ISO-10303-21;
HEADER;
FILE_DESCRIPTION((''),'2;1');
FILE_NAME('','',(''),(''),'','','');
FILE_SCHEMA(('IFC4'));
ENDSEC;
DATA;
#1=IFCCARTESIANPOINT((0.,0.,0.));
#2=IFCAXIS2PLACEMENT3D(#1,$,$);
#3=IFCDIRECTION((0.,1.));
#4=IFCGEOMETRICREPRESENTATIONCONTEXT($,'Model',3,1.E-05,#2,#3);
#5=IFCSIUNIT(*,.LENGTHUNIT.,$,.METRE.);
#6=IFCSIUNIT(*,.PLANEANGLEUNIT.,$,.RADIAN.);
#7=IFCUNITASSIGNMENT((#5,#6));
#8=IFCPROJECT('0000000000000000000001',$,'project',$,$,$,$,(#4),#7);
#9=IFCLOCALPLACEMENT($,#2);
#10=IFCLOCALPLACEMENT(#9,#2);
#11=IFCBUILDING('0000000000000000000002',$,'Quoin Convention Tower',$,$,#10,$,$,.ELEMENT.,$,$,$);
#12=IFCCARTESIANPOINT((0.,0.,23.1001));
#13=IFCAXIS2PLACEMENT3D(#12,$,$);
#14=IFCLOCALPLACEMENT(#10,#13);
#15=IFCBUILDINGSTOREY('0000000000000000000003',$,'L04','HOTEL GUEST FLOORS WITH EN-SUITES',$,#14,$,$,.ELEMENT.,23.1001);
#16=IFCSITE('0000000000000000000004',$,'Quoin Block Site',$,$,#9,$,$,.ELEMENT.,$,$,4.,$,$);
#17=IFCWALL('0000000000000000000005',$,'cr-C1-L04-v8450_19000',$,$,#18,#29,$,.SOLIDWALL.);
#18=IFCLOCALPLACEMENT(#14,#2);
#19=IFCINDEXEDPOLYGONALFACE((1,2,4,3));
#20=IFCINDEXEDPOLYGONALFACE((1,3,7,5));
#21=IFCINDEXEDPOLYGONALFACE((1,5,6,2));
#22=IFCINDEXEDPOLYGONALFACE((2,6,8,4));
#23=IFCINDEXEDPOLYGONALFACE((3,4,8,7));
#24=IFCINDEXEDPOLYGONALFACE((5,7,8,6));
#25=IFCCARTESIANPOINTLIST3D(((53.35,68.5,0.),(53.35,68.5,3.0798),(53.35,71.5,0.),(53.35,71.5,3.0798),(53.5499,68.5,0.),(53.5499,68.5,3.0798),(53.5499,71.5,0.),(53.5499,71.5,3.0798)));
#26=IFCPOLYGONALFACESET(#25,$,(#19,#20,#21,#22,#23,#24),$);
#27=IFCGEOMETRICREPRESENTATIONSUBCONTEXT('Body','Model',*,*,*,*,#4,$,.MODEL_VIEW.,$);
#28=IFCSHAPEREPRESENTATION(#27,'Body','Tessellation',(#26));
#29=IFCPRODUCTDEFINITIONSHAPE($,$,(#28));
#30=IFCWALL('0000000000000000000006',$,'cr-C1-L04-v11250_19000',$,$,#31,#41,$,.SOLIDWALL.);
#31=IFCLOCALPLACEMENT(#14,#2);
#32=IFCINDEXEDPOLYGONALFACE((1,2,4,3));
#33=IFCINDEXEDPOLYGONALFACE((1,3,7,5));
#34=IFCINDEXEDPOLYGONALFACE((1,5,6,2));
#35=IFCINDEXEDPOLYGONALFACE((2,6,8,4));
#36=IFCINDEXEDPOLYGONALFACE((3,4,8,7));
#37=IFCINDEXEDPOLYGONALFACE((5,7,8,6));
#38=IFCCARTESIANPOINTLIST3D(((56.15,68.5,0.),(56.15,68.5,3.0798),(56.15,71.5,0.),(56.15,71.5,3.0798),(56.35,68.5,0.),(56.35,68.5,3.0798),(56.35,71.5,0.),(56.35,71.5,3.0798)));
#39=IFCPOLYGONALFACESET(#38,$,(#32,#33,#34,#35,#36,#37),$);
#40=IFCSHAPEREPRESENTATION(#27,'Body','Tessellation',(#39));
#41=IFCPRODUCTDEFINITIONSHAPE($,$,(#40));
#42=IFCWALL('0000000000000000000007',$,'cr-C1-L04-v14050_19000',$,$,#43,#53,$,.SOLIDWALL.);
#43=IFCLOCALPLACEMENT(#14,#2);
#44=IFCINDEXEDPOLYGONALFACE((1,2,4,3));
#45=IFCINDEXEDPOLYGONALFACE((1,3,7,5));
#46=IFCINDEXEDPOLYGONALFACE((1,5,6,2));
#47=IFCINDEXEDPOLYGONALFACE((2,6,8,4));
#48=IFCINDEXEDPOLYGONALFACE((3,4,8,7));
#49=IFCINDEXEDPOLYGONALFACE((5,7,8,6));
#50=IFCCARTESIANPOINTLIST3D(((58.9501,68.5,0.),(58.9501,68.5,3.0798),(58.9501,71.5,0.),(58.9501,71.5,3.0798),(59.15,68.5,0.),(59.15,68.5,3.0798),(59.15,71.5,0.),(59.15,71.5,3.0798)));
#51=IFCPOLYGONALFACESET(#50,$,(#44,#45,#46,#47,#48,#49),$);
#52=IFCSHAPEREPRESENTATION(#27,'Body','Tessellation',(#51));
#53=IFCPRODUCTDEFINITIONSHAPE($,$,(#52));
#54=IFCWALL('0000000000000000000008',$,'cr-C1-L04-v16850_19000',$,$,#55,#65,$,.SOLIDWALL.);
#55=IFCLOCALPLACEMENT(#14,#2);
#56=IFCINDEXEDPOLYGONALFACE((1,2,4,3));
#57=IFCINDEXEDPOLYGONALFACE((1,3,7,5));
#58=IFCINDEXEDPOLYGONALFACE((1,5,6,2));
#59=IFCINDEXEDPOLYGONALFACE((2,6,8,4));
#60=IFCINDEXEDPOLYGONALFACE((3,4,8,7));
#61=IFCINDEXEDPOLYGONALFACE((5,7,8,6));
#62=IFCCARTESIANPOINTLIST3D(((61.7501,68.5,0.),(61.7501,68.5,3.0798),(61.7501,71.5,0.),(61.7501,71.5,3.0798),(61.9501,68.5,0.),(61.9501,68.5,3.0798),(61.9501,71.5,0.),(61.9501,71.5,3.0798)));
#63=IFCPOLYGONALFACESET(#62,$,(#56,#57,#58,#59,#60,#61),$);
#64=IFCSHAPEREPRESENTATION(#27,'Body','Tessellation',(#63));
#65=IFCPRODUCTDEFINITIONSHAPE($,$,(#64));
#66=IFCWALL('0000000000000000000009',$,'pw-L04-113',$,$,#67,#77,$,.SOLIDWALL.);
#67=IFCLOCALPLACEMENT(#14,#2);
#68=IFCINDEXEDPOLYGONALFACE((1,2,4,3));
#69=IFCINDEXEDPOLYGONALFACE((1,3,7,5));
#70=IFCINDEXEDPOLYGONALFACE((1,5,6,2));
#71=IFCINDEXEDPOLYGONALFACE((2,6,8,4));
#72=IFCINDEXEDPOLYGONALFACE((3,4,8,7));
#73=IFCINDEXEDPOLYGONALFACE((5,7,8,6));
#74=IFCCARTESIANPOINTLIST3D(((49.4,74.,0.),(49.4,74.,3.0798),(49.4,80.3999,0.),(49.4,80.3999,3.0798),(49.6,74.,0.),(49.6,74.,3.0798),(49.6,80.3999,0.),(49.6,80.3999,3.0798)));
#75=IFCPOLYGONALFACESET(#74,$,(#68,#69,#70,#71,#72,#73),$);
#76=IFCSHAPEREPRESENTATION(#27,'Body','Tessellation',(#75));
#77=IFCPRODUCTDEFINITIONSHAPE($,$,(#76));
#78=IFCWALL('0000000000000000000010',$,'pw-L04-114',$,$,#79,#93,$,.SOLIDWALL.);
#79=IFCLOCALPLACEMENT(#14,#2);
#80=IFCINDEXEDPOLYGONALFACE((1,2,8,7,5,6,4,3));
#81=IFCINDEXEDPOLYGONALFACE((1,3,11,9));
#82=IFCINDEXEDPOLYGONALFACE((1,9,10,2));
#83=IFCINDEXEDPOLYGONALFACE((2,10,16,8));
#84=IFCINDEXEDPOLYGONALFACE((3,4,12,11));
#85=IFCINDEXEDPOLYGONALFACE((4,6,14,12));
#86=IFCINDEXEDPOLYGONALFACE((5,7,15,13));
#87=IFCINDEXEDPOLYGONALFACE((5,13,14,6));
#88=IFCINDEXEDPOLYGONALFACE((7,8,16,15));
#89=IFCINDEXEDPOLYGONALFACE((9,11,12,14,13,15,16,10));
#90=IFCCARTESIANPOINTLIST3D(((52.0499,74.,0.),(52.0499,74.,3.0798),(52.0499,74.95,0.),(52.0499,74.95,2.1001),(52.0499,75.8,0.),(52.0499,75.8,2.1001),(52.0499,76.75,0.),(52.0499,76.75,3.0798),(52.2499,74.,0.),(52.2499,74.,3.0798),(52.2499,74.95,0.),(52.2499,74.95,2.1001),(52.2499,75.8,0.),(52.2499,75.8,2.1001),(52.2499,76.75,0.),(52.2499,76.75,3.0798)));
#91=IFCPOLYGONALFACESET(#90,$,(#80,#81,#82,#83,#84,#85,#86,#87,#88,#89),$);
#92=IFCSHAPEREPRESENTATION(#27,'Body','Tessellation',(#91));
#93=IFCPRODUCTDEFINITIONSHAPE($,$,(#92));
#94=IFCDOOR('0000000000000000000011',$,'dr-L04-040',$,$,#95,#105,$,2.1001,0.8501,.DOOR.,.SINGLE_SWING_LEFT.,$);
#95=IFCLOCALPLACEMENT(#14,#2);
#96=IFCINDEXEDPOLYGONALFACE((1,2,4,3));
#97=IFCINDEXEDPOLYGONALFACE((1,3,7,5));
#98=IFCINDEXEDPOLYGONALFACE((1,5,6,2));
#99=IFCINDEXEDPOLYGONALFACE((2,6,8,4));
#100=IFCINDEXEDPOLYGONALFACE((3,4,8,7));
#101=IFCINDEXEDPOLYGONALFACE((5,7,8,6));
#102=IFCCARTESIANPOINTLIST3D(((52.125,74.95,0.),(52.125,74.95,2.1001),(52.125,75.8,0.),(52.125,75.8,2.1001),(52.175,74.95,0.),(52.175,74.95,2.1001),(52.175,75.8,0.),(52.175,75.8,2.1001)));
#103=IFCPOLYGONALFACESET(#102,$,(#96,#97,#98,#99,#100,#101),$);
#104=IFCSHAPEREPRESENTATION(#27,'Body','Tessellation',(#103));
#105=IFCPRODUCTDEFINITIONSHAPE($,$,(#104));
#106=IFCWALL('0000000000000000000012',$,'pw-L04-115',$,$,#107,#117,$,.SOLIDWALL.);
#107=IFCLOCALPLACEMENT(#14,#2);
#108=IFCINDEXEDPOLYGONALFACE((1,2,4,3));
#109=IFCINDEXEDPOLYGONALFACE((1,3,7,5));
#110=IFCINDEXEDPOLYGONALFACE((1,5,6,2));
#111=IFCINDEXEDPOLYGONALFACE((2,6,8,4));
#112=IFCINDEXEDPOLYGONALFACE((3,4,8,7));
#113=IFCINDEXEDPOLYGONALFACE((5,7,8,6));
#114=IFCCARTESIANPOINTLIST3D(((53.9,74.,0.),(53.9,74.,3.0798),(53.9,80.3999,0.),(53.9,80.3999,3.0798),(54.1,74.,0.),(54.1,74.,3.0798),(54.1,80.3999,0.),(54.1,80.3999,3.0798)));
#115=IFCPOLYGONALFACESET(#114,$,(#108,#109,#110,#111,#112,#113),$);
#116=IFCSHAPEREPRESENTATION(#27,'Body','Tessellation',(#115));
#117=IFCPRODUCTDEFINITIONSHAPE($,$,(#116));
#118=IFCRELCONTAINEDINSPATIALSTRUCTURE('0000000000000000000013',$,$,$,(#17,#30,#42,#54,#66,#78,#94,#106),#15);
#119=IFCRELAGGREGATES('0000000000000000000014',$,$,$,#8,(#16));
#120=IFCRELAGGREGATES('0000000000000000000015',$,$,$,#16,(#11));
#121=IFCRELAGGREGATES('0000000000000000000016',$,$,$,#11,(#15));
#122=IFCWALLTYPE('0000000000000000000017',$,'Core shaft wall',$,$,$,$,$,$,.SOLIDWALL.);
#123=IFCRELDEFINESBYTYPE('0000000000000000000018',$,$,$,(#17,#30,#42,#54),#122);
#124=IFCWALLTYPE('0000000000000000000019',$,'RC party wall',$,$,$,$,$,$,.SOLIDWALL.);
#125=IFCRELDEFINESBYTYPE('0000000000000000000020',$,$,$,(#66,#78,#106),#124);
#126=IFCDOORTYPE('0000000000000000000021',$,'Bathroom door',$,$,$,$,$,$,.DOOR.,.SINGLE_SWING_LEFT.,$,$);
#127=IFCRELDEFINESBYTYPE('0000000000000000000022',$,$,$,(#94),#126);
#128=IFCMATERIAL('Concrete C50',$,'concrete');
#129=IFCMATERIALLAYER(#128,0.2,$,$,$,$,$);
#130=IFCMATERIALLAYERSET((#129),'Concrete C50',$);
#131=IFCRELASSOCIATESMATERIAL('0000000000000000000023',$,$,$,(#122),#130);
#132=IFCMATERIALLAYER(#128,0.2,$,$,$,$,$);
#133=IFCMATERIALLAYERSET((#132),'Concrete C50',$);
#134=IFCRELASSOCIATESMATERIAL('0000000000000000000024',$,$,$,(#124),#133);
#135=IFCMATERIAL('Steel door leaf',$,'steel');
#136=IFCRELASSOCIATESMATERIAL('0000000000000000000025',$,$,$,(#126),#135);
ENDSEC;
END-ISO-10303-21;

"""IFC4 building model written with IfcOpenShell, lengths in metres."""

from ifc_helpers import new_model, si_unit, direction, frame, frame_2d, origin, place, context, subcontext, project, spatial, rectangle, extrude, material, layer, layer_set, type_object, element, fill, save


model = new_model("IFC4")

# Units and contexts
model_context = context("Model", 3, precision=1e-05, world=origin(), true_north=direction((0.0, 1.0)))
body_context = subcontext(model_context, "Body", "Model", "MODEL_VIEW")
ifc_project = project(units=[si_unit("LENGTHUNIT", "METRE"), si_unit("PLANEANGLEUNIT", "RADIAN")], contexts=[model_context])

# Site, building, storey
site_placement = place(None, origin())
site = spatial("IfcSite", under=ifc_project, at=site_placement, Name="Quoin Block Site", CompositionType="ELEMENT", RefElevation=4.0)
building_placement = place(site_placement, origin())
building = spatial("IfcBuilding", under=site, at=building_placement, Name="Quoin Convention Tower", CompositionType="ELEMENT")
storey_placement = place(building_placement, frame((0.0, 0.0, 23.1001)))
storey = spatial("IfcBuildingStorey", under=building, at=storey_placement, Name="L04", Description="HOTEL GUEST FLOORS WITH EN-SUITES", CompositionType="ELEMENT", Elevation=23.1001)

# Shared definitions
ifc_material_1 = material(Name="Steel door leaf", Category="steel")

# Shared definitions
ifc_material_2 = material(Name="Concrete C50", Category="concrete")
ifc_layer_1 = layer(ifc_material_2, 0.2)
ifc_layer_set_1 = layer_set([ifc_layer_1], Name="Concrete C50")
wall_type_1 = type_object("IfcWallType", Name="Core shaft wall", PredefinedType="SOLIDWALL", material=ifc_layer_set_1)

# Walls
for number, where, z_axis, x_axis, name in (
    (1, (53.45, 68.5, 0.0), (0.0, 0.0, 1.0), (0.0, 1.0, 0.0), "cr-C1-L04-v8450_19000"),
    (2, (56.25, 68.5, 0.0), (0.0, 0.0, 1.0), (0.0, 1.0, 0.0), "cr-C1-L04-v11250_19000"),
    (3, (59.05, 68.5, 0.0), (0.0, 0.0, 1.0), (0.0, 1.0, 0.0), "cr-C1-L04-v14050_19000"),
    (4, (61.8501, 68.5, 0.0), (0.0, 0.0, 1.0), (0.0, 1.0, 0.0), "cr-C1-L04-v16850_19000"),
):
    element("IfcWall", number, at=place(storey_placement, frame(where, z_axis=z_axis, x_axis=x_axis)), inside=storey, type_object=wall_type_1, Name=name, PredefinedType="SOLIDWALL", context=body_context, shape_type="SweptSolid", body=[
        extrude(rectangle(XDim=3.0, YDim=0.2, at=frame_2d((1.5, 0.0))), origin(), (0.0, 0.0, 1.0), 3.0798),
    ])
ifc_layer_2 = layer(ifc_material_2, 0.2)
ifc_layer_set_2 = layer_set([ifc_layer_2], Name="Concrete C50")
wall_type_2 = type_object("IfcWallType", Name="RC party wall", PredefinedType="SOLIDWALL", material=ifc_layer_set_2)
wall_1_placement = place(storey_placement, frame((49.5, 74.0, 0.0), z_axis=(0.0, 0.0, 1.0), x_axis=(0.0, 1.0, 0.0)))
element("IfcWall", 5, at=wall_1_placement, inside=storey, type_object=wall_type_2, Name="pw-L04-113", PredefinedType="SOLIDWALL", context=body_context, shape_type="SweptSolid", body=[
    extrude(rectangle(XDim=6.3999, YDim=0.2, at=frame_2d((3.2, 0.0))), origin(), (0.0, 0.0, 1.0), 3.0798),
])

# Wall, opening, door
wall_2_placement = place(storey_placement, frame((52.1499, 74.0, 0.0), z_axis=(0.0, 0.0, 1.0), x_axis=(0.0, 1.0, 0.0)))
wall_2 = element("IfcWall", 6, at=wall_2_placement, inside=storey, type_object=wall_type_2, Name="pw-L04-114", PredefinedType="SOLIDWALL", context=body_context, shape_type="SweptSolid", body=[
    extrude(rectangle(XDim=2.75, YDim=0.2, at=frame_2d((1.375, 0.0))), origin(), (0.0, 0.0, 1.0), 3.0798),
])
opening_1_placement = place(wall_2_placement, frame((0.95, 0.0, 0.0)))
opening_1 = element("IfcOpeningElement", 7, at=opening_1_placement, cuts=wall_2, PredefinedType="OPENING", context=body_context, shape_type="SweptSolid", body=[
    extrude(rectangle(XDim=0.8501, YDim=2.1001, at=frame_2d((0.425, 1.05))), frame((0.0, 0.1099, 0.0), z_axis=(0.0, -1.0, 0.0), x_axis=(1.0, 0.0, 0.0)), (0.0, 0.0, 1.0), 0.22),
])
door_type_1 = type_object("IfcDoorType", Name="Bathroom door", OperationType="SINGLE_SWING_LEFT", PredefinedType="DOOR", material=ifc_material_1)
door_1_placement = place(opening_1_placement, origin())
door_1 = element("IfcDoor", 8, at=door_1_placement, inside=storey, type_object=door_type_1, Name="dr-L04-040", OperationType="SINGLE_SWING_LEFT", OverallHeight=2.1001, OverallWidth=0.8501, PredefinedType="DOOR", context=body_context, shape_type="SweptSolid", body=[
    extrude(rectangle(XDim=0.8501, YDim=2.1001, at=frame_2d((0.425, 1.05))), frame((0.0, 0.0249, 0.0), z_axis=(0.0, -1.0, 0.0), x_axis=(1.0, 0.0, 0.0)), (0.0, 0.0, 1.0), 0.05),
])
fill(opening_1, door_1)

# Wall
wall_3_placement = place(storey_placement, frame((54.0, 74.0, 0.0), z_axis=(0.0, 0.0, 1.0), x_axis=(0.0, 1.0, 0.0)))
element("IfcWall", 9, at=wall_3_placement, inside=storey, type_object=wall_type_2, Name="pw-L04-115", PredefinedType="SOLIDWALL", context=body_context, shape_type="SweptSolid", body=[
    extrude(rectangle(XDim=6.3999, YDim=0.2, at=frame_2d((3.2, 0.0))), origin(), (0.0, 0.0, 1.0), 3.0798),
])

save(model, "model.ifc")
